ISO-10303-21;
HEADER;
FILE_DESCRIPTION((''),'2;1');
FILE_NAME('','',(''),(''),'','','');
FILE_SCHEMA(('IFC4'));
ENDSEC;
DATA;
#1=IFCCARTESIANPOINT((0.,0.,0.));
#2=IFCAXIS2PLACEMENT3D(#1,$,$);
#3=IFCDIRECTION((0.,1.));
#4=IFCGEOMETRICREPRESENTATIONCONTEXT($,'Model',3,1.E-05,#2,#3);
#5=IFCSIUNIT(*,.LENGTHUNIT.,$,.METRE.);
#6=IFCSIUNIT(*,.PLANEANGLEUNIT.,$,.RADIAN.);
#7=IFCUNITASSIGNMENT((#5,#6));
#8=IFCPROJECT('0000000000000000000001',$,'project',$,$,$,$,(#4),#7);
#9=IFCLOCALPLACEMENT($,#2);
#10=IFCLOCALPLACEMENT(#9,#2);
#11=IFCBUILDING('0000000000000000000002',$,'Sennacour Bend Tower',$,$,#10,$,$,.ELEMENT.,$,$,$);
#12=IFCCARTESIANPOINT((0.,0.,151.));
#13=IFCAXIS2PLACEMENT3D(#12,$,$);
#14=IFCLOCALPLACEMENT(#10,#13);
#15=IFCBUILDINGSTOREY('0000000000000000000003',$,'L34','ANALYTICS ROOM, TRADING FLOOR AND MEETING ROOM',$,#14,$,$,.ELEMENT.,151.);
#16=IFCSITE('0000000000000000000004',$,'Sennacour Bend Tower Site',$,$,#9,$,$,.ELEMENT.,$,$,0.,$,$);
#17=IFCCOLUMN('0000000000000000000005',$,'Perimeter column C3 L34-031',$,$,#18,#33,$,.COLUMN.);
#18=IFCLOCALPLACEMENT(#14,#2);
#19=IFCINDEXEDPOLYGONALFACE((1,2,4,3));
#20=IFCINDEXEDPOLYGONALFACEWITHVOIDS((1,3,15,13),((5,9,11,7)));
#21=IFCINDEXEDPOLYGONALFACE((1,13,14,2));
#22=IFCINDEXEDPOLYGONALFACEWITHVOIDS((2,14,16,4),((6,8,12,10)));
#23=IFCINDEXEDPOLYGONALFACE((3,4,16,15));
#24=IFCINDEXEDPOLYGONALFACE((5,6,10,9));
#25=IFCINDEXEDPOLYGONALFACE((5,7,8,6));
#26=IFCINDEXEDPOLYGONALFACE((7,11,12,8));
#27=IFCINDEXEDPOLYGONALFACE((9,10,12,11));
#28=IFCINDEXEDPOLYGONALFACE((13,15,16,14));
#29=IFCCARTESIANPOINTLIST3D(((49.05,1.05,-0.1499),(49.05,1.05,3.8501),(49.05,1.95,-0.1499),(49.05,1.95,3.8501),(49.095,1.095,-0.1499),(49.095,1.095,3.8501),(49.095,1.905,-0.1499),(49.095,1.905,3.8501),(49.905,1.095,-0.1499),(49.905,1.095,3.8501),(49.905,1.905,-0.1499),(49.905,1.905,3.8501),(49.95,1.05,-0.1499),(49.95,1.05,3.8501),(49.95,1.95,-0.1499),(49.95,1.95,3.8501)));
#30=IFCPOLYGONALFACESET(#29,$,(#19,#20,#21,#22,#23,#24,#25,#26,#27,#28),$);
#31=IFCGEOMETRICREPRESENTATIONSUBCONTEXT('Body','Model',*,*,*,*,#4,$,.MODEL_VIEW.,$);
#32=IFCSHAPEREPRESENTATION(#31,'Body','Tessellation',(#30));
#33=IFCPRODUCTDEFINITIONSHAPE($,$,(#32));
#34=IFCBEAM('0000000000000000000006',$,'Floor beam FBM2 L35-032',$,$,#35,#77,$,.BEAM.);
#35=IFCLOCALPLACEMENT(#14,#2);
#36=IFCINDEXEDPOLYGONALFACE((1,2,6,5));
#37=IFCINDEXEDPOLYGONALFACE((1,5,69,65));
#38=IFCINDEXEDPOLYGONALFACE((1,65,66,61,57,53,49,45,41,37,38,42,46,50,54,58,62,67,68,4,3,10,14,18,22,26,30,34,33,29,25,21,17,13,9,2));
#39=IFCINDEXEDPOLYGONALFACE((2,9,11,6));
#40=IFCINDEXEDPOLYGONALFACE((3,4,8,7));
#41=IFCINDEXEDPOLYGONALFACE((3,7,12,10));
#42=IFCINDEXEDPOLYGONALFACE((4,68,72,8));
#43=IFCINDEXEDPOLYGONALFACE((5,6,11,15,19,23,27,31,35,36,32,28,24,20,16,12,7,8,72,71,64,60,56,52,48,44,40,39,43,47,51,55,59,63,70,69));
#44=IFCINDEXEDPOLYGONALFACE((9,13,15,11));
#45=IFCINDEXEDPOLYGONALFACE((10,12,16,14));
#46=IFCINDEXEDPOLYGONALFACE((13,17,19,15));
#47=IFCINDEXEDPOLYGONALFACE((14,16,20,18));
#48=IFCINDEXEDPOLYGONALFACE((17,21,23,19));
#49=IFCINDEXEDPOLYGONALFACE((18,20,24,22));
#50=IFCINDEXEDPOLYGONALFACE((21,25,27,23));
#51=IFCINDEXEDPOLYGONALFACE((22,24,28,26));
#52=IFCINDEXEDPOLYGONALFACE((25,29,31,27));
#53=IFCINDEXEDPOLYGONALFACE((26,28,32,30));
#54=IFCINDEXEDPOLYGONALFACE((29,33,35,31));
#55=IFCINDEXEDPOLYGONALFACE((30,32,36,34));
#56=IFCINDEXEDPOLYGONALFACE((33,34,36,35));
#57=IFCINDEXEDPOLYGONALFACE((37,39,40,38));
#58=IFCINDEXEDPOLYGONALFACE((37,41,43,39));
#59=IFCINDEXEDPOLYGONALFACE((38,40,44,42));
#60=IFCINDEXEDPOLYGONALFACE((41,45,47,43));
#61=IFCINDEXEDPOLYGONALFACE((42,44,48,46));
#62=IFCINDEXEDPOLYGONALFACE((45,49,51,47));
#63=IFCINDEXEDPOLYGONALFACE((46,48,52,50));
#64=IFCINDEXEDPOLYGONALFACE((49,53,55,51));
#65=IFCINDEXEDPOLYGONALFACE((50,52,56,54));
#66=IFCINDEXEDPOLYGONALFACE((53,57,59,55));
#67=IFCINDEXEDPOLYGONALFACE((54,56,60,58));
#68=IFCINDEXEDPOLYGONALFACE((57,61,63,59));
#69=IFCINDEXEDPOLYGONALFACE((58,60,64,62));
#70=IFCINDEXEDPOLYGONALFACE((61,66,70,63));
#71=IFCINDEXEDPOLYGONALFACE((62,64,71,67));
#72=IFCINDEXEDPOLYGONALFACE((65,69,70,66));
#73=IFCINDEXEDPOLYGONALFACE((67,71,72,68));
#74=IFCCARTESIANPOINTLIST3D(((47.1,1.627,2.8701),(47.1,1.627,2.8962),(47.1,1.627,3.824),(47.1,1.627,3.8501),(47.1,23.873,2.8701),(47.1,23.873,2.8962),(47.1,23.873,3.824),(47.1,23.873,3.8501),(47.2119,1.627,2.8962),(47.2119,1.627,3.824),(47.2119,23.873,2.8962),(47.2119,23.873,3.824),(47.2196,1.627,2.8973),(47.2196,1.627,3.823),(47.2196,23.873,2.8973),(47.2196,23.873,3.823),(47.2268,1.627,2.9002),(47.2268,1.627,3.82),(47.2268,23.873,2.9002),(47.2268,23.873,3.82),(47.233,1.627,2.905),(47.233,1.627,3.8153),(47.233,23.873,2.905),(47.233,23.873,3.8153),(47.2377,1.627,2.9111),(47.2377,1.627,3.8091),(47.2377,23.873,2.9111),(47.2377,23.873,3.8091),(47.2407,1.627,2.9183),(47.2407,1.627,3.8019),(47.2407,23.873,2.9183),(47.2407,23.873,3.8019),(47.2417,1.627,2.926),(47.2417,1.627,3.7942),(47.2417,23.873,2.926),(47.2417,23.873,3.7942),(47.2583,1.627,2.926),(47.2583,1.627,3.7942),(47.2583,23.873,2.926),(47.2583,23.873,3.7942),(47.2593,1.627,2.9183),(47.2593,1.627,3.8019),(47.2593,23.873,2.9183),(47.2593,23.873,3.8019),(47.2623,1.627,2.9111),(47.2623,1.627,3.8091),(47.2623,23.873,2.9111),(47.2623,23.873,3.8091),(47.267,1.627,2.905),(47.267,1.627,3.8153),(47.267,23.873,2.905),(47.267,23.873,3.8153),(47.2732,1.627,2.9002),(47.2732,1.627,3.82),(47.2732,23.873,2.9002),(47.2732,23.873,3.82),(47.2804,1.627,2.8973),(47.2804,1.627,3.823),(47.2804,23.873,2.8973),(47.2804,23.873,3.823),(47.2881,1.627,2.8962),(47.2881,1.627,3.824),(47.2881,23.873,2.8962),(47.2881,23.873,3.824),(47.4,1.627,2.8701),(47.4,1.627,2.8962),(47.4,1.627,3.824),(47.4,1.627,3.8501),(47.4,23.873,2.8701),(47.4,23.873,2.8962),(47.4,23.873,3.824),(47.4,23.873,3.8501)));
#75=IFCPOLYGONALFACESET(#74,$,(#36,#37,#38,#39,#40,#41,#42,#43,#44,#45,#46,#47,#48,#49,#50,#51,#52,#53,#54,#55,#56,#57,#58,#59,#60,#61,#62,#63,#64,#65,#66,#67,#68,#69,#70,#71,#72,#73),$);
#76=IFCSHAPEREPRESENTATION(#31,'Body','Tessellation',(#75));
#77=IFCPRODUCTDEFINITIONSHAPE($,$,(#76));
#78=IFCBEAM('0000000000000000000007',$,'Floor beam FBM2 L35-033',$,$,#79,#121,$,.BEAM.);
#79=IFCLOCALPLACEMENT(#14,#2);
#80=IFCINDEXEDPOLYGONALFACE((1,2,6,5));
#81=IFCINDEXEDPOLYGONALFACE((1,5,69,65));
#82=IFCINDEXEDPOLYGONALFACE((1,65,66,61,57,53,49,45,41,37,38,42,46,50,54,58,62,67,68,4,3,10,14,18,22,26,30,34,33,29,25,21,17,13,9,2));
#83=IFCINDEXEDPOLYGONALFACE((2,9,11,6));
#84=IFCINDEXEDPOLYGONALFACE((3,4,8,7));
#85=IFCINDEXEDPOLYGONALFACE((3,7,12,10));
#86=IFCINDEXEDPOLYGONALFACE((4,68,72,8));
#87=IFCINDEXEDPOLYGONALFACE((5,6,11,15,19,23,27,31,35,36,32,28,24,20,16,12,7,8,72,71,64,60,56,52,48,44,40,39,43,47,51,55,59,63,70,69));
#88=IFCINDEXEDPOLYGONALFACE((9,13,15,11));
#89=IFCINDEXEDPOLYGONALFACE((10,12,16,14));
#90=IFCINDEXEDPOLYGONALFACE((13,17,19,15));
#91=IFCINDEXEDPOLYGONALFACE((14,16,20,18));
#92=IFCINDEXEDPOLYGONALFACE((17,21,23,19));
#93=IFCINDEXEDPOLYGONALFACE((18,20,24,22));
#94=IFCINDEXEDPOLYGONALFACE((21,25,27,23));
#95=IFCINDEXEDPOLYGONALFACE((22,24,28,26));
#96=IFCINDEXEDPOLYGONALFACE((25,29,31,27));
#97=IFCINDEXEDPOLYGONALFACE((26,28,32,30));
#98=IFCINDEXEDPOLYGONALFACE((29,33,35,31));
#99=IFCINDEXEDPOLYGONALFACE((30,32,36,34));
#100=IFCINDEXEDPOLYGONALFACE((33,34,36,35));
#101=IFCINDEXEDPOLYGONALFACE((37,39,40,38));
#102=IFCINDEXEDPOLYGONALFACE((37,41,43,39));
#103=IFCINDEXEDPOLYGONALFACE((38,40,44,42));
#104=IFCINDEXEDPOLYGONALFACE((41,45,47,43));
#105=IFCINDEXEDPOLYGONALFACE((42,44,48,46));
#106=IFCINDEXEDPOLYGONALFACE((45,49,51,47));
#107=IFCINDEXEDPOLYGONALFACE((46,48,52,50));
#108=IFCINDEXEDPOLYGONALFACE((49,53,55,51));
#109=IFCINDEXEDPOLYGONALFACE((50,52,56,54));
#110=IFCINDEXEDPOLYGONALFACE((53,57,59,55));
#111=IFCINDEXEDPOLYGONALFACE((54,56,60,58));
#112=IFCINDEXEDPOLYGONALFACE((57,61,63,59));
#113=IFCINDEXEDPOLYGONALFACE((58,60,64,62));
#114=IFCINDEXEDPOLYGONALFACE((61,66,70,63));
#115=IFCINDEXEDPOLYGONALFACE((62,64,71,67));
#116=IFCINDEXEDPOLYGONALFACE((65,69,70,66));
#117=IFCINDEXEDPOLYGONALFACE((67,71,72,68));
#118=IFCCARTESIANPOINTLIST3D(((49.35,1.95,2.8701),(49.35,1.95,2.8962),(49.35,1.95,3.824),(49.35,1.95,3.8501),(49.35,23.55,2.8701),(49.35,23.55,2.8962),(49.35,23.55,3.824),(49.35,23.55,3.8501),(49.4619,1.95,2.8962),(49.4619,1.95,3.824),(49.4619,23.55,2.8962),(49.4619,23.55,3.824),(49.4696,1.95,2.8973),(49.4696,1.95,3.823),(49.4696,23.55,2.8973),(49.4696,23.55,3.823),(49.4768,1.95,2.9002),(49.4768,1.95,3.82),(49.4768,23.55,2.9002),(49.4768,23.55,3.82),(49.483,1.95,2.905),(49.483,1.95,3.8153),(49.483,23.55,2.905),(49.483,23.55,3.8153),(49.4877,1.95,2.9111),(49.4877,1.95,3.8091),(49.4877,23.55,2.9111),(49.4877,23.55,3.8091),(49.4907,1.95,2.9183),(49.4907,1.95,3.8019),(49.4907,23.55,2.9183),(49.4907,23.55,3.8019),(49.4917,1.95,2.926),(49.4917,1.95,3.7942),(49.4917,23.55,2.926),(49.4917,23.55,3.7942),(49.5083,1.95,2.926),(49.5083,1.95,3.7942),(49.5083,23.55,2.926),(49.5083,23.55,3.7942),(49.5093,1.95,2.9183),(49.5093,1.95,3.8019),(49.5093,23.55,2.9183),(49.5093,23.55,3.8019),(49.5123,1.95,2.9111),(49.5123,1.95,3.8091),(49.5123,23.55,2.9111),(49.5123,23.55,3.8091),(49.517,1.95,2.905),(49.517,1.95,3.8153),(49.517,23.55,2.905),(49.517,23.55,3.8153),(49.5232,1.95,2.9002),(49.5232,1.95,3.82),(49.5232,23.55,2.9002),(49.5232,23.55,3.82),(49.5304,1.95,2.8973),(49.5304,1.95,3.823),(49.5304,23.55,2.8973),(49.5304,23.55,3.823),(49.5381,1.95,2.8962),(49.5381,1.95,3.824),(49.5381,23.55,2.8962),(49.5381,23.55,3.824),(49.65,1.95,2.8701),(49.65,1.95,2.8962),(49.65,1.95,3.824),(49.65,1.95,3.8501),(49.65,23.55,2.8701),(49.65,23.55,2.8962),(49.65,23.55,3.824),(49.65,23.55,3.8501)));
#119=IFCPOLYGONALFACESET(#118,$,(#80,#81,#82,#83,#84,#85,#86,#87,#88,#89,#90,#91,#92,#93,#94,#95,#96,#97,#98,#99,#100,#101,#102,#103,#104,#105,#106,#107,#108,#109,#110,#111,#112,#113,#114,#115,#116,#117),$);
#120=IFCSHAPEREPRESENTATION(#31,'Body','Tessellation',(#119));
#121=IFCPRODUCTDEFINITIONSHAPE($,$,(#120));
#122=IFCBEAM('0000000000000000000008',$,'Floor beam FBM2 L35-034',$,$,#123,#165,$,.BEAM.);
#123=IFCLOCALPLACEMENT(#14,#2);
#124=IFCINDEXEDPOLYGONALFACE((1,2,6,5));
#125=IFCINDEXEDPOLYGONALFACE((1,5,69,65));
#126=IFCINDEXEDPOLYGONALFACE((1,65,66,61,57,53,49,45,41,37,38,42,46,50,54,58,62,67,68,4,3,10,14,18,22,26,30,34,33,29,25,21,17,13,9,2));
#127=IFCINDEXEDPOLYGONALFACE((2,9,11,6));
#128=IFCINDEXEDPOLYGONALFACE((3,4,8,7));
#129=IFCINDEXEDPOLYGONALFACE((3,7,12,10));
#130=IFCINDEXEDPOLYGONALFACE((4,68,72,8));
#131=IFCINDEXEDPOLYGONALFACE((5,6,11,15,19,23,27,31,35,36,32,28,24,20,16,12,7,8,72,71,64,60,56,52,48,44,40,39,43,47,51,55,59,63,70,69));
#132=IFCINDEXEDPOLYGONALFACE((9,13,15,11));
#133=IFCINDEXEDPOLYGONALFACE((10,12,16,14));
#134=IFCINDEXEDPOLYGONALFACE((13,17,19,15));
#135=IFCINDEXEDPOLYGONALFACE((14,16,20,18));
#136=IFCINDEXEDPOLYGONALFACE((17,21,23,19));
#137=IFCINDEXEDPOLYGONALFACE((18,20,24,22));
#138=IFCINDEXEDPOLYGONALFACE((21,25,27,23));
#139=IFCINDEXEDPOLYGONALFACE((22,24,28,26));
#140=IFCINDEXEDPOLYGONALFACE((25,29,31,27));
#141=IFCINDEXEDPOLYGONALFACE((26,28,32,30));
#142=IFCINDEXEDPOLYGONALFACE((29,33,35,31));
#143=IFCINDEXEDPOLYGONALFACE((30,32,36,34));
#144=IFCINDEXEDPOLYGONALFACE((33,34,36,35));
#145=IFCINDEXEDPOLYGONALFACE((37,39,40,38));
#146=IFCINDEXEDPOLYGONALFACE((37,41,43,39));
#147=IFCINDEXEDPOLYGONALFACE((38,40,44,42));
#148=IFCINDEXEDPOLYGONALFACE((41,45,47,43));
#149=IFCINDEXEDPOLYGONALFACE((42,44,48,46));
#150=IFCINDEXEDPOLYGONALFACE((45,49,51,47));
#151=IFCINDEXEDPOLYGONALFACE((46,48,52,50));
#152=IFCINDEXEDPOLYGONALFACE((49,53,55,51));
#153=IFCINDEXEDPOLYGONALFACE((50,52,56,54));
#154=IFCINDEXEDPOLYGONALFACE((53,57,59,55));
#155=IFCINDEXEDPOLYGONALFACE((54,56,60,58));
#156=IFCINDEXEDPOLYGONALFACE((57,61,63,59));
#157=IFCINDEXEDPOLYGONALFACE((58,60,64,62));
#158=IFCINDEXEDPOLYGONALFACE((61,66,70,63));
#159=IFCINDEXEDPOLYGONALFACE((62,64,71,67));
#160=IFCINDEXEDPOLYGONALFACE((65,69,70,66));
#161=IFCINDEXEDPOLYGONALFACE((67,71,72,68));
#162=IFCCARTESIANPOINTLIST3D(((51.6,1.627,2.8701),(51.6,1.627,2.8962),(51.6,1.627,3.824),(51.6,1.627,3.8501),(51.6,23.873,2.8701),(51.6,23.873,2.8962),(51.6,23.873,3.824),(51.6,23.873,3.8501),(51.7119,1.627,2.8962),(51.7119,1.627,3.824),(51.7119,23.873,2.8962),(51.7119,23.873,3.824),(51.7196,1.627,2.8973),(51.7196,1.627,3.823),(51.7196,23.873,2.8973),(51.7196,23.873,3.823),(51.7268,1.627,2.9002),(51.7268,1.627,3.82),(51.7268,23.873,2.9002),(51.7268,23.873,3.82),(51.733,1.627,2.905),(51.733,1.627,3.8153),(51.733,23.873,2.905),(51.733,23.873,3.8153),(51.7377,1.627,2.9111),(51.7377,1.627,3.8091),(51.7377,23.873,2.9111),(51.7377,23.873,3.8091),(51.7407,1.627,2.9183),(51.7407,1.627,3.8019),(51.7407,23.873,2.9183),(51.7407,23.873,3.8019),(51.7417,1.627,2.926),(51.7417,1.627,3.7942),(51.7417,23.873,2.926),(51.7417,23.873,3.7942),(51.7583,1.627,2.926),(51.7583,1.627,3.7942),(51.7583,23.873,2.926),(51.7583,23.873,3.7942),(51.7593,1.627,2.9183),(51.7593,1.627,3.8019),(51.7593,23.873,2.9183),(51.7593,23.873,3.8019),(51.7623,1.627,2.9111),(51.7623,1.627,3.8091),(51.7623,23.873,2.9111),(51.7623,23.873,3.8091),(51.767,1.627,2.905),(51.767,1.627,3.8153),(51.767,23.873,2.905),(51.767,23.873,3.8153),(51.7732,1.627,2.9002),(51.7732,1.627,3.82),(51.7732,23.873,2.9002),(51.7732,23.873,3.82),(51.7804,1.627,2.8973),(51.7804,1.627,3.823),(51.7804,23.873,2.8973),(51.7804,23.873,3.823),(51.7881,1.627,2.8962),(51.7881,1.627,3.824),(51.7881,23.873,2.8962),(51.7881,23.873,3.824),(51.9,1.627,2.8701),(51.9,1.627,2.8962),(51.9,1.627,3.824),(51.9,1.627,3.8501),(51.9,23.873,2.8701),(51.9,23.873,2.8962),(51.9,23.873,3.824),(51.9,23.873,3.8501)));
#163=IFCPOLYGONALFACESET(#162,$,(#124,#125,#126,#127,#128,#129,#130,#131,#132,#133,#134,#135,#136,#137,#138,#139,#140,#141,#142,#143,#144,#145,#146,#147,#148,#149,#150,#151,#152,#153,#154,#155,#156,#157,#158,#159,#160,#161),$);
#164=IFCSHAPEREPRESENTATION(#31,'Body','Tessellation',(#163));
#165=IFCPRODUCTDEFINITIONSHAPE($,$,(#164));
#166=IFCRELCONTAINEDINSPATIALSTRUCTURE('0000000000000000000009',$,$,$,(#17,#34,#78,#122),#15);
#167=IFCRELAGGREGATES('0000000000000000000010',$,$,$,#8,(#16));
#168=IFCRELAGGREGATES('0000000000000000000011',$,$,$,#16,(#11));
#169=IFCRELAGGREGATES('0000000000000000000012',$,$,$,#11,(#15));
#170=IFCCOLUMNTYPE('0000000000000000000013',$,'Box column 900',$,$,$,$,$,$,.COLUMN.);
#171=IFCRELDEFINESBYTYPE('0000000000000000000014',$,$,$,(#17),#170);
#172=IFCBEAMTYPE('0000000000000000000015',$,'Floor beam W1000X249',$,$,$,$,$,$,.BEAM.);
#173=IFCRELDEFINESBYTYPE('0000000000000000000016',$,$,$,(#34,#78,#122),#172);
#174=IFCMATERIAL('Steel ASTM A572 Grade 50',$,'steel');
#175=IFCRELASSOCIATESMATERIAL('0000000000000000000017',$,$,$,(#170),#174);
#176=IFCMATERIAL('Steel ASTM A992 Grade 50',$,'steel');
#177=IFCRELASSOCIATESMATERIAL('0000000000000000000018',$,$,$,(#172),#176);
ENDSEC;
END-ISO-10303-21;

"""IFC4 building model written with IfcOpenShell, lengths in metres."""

from ifc_helpers import new_model, si_unit, direction, frame, origin, origin_2d, place, context, subcontext, project, spatial, hollow_rectangle, i_section, extrude, material, material_profile, profile_set, type_object, element, save


model = new_model("IFC4")

# Units and contexts
model_context = context("Model", 3, precision=1e-05, world=origin(), true_north=direction((0.0, 1.0)))
body_context = subcontext(model_context, "Body", "Model", "MODEL_VIEW")
ifc_project = project(units=[si_unit("LENGTHUNIT", "METRE"), si_unit("PLANEANGLEUNIT", "RADIAN")], contexts=[model_context])

# Site, building, storey
site_placement = place(None, origin())
site = spatial("IfcSite", under=ifc_project, at=site_placement, Name="Sennacour Bend Tower Site", CompositionType="ELEMENT", RefElevation=0.0)
building_placement = place(site_placement, origin())
building = spatial("IfcBuilding", under=site, at=building_placement, Name="Sennacour Bend Tower", CompositionType="ELEMENT")
storey_placement = place(building_placement, frame((0.0, 0.0, 151.0)))
storey = spatial("IfcBuildingStorey", under=building, at=storey_placement, Name="L34", Description="ANALYTICS ROOM, TRADING FLOOR AND MEETING ROOM", CompositionType="ELEMENT", Elevation=151.0)

# Column
ifc_material_1 = material(Name="Steel ASTM A572 Grade 50", Category="steel")
ifc_material_profile_1 = material_profile(ifc_material_1, hollow_rectangle(XDim=0.8999, YDim=0.8999, WallThickness=0.0449, at=origin_2d()), Name="Steel ASTM A572 Grade 50", Category="steel")
ifc_profile_set_1 = profile_set([ifc_material_profile_1], Name="Steel ASTM A572 Grade 50")
column_type = type_object("IfcColumnType", Name="Box column 900", PredefinedType="COLUMN", material=ifc_profile_set_1)
column_placement = place(storey_placement, frame((49.5, 1.5, -0.1499), z_axis=(0.0, 0.0, 1.0), x_axis=(1.0, 0.0, 0.0)))
element("IfcColumn", 1, at=column_placement, inside=storey, type_object=column_type, Name="Perimeter column C3 L34-031", PredefinedType="COLUMN", context=body_context, shape_type="SweptSolid", body=[
    extrude(hollow_rectangle(XDim=0.8999, YDim=0.8999, WallThickness=0.0449, at=origin_2d()), origin(), (0.0, 0.0, 1.0), 4.0),
])

# Beams
ifc_material_2 = material(Name="Steel ASTM A992 Grade 50", Category="steel")
ifc_material_profile_2 = material_profile(ifc_material_2, i_section(OverallWidth=0.3, OverallDepth=0.98, WebThickness=0.0166, FlangeThickness=0.0261, FilletRadius=0.0298, at=origin_2d()), Name="Steel ASTM A992 Grade 50", Category="steel")
ifc_profile_set_2 = profile_set([ifc_material_profile_2], Name="Steel ASTM A992 Grade 50")
beam_type_1 = type_object("IfcBeamType", Name="Floor beam W1000X249", PredefinedType="BEAM", material=ifc_profile_set_2)
beam_1_placement = place(storey_placement, frame((47.25, 1.627, 3.3601), z_axis=(0.0, 1.0, 0.0), x_axis=(-1.0, 0.0, 0.0)))
element("IfcBeam", 2, at=beam_1_placement, inside=storey, type_object=beam_type_1, Name="Floor beam FBM2 L35-032", PredefinedType="BEAM", context=body_context, shape_type="SweptSolid", body=[
    extrude(i_section(OverallWidth=0.3, OverallDepth=0.98, WebThickness=0.0166, FlangeThickness=0.0261, FilletRadius=0.0298, at=origin_2d()), origin(), (0.0, 0.0, 1.0), 22.2461),
])
beam_2_placement = place(storey_placement, frame((49.5, 1.95, 3.3601), z_axis=(0.0, 1.0, 0.0), x_axis=(-1.0, 0.0, 0.0)))
element("IfcBeam", 3, at=beam_2_placement, inside=storey, type_object=beam_type_1, Name="Floor beam FBM2 L35-033", PredefinedType="BEAM", context=body_context, shape_type="SweptSolid", body=[
    extrude(i_section(OverallWidth=0.3, OverallDepth=0.98, WebThickness=0.0166, FlangeThickness=0.0261, FilletRadius=0.0298, at=origin_2d()), origin(), (0.0, 0.0, 1.0), 21.6001),
])
beam_3_placement = place(storey_placement, frame((51.75, 1.627, 3.3601), z_axis=(0.0, 1.0, 0.0), x_axis=(-1.0, 0.0, 0.0)))
element("IfcBeam", 4, at=beam_3_placement, inside=storey, type_object=beam_type_1, Name="Floor beam FBM2 L35-034", PredefinedType="BEAM", context=body_context, shape_type="SweptSolid", body=[
    extrude(i_section(OverallWidth=0.3, OverallDepth=0.98, WebThickness=0.0166, FlangeThickness=0.0261, FilletRadius=0.0298, at=origin_2d()), origin(), (0.0, 0.0, 1.0), 22.2461),
])

save(model, "model.ifc")
